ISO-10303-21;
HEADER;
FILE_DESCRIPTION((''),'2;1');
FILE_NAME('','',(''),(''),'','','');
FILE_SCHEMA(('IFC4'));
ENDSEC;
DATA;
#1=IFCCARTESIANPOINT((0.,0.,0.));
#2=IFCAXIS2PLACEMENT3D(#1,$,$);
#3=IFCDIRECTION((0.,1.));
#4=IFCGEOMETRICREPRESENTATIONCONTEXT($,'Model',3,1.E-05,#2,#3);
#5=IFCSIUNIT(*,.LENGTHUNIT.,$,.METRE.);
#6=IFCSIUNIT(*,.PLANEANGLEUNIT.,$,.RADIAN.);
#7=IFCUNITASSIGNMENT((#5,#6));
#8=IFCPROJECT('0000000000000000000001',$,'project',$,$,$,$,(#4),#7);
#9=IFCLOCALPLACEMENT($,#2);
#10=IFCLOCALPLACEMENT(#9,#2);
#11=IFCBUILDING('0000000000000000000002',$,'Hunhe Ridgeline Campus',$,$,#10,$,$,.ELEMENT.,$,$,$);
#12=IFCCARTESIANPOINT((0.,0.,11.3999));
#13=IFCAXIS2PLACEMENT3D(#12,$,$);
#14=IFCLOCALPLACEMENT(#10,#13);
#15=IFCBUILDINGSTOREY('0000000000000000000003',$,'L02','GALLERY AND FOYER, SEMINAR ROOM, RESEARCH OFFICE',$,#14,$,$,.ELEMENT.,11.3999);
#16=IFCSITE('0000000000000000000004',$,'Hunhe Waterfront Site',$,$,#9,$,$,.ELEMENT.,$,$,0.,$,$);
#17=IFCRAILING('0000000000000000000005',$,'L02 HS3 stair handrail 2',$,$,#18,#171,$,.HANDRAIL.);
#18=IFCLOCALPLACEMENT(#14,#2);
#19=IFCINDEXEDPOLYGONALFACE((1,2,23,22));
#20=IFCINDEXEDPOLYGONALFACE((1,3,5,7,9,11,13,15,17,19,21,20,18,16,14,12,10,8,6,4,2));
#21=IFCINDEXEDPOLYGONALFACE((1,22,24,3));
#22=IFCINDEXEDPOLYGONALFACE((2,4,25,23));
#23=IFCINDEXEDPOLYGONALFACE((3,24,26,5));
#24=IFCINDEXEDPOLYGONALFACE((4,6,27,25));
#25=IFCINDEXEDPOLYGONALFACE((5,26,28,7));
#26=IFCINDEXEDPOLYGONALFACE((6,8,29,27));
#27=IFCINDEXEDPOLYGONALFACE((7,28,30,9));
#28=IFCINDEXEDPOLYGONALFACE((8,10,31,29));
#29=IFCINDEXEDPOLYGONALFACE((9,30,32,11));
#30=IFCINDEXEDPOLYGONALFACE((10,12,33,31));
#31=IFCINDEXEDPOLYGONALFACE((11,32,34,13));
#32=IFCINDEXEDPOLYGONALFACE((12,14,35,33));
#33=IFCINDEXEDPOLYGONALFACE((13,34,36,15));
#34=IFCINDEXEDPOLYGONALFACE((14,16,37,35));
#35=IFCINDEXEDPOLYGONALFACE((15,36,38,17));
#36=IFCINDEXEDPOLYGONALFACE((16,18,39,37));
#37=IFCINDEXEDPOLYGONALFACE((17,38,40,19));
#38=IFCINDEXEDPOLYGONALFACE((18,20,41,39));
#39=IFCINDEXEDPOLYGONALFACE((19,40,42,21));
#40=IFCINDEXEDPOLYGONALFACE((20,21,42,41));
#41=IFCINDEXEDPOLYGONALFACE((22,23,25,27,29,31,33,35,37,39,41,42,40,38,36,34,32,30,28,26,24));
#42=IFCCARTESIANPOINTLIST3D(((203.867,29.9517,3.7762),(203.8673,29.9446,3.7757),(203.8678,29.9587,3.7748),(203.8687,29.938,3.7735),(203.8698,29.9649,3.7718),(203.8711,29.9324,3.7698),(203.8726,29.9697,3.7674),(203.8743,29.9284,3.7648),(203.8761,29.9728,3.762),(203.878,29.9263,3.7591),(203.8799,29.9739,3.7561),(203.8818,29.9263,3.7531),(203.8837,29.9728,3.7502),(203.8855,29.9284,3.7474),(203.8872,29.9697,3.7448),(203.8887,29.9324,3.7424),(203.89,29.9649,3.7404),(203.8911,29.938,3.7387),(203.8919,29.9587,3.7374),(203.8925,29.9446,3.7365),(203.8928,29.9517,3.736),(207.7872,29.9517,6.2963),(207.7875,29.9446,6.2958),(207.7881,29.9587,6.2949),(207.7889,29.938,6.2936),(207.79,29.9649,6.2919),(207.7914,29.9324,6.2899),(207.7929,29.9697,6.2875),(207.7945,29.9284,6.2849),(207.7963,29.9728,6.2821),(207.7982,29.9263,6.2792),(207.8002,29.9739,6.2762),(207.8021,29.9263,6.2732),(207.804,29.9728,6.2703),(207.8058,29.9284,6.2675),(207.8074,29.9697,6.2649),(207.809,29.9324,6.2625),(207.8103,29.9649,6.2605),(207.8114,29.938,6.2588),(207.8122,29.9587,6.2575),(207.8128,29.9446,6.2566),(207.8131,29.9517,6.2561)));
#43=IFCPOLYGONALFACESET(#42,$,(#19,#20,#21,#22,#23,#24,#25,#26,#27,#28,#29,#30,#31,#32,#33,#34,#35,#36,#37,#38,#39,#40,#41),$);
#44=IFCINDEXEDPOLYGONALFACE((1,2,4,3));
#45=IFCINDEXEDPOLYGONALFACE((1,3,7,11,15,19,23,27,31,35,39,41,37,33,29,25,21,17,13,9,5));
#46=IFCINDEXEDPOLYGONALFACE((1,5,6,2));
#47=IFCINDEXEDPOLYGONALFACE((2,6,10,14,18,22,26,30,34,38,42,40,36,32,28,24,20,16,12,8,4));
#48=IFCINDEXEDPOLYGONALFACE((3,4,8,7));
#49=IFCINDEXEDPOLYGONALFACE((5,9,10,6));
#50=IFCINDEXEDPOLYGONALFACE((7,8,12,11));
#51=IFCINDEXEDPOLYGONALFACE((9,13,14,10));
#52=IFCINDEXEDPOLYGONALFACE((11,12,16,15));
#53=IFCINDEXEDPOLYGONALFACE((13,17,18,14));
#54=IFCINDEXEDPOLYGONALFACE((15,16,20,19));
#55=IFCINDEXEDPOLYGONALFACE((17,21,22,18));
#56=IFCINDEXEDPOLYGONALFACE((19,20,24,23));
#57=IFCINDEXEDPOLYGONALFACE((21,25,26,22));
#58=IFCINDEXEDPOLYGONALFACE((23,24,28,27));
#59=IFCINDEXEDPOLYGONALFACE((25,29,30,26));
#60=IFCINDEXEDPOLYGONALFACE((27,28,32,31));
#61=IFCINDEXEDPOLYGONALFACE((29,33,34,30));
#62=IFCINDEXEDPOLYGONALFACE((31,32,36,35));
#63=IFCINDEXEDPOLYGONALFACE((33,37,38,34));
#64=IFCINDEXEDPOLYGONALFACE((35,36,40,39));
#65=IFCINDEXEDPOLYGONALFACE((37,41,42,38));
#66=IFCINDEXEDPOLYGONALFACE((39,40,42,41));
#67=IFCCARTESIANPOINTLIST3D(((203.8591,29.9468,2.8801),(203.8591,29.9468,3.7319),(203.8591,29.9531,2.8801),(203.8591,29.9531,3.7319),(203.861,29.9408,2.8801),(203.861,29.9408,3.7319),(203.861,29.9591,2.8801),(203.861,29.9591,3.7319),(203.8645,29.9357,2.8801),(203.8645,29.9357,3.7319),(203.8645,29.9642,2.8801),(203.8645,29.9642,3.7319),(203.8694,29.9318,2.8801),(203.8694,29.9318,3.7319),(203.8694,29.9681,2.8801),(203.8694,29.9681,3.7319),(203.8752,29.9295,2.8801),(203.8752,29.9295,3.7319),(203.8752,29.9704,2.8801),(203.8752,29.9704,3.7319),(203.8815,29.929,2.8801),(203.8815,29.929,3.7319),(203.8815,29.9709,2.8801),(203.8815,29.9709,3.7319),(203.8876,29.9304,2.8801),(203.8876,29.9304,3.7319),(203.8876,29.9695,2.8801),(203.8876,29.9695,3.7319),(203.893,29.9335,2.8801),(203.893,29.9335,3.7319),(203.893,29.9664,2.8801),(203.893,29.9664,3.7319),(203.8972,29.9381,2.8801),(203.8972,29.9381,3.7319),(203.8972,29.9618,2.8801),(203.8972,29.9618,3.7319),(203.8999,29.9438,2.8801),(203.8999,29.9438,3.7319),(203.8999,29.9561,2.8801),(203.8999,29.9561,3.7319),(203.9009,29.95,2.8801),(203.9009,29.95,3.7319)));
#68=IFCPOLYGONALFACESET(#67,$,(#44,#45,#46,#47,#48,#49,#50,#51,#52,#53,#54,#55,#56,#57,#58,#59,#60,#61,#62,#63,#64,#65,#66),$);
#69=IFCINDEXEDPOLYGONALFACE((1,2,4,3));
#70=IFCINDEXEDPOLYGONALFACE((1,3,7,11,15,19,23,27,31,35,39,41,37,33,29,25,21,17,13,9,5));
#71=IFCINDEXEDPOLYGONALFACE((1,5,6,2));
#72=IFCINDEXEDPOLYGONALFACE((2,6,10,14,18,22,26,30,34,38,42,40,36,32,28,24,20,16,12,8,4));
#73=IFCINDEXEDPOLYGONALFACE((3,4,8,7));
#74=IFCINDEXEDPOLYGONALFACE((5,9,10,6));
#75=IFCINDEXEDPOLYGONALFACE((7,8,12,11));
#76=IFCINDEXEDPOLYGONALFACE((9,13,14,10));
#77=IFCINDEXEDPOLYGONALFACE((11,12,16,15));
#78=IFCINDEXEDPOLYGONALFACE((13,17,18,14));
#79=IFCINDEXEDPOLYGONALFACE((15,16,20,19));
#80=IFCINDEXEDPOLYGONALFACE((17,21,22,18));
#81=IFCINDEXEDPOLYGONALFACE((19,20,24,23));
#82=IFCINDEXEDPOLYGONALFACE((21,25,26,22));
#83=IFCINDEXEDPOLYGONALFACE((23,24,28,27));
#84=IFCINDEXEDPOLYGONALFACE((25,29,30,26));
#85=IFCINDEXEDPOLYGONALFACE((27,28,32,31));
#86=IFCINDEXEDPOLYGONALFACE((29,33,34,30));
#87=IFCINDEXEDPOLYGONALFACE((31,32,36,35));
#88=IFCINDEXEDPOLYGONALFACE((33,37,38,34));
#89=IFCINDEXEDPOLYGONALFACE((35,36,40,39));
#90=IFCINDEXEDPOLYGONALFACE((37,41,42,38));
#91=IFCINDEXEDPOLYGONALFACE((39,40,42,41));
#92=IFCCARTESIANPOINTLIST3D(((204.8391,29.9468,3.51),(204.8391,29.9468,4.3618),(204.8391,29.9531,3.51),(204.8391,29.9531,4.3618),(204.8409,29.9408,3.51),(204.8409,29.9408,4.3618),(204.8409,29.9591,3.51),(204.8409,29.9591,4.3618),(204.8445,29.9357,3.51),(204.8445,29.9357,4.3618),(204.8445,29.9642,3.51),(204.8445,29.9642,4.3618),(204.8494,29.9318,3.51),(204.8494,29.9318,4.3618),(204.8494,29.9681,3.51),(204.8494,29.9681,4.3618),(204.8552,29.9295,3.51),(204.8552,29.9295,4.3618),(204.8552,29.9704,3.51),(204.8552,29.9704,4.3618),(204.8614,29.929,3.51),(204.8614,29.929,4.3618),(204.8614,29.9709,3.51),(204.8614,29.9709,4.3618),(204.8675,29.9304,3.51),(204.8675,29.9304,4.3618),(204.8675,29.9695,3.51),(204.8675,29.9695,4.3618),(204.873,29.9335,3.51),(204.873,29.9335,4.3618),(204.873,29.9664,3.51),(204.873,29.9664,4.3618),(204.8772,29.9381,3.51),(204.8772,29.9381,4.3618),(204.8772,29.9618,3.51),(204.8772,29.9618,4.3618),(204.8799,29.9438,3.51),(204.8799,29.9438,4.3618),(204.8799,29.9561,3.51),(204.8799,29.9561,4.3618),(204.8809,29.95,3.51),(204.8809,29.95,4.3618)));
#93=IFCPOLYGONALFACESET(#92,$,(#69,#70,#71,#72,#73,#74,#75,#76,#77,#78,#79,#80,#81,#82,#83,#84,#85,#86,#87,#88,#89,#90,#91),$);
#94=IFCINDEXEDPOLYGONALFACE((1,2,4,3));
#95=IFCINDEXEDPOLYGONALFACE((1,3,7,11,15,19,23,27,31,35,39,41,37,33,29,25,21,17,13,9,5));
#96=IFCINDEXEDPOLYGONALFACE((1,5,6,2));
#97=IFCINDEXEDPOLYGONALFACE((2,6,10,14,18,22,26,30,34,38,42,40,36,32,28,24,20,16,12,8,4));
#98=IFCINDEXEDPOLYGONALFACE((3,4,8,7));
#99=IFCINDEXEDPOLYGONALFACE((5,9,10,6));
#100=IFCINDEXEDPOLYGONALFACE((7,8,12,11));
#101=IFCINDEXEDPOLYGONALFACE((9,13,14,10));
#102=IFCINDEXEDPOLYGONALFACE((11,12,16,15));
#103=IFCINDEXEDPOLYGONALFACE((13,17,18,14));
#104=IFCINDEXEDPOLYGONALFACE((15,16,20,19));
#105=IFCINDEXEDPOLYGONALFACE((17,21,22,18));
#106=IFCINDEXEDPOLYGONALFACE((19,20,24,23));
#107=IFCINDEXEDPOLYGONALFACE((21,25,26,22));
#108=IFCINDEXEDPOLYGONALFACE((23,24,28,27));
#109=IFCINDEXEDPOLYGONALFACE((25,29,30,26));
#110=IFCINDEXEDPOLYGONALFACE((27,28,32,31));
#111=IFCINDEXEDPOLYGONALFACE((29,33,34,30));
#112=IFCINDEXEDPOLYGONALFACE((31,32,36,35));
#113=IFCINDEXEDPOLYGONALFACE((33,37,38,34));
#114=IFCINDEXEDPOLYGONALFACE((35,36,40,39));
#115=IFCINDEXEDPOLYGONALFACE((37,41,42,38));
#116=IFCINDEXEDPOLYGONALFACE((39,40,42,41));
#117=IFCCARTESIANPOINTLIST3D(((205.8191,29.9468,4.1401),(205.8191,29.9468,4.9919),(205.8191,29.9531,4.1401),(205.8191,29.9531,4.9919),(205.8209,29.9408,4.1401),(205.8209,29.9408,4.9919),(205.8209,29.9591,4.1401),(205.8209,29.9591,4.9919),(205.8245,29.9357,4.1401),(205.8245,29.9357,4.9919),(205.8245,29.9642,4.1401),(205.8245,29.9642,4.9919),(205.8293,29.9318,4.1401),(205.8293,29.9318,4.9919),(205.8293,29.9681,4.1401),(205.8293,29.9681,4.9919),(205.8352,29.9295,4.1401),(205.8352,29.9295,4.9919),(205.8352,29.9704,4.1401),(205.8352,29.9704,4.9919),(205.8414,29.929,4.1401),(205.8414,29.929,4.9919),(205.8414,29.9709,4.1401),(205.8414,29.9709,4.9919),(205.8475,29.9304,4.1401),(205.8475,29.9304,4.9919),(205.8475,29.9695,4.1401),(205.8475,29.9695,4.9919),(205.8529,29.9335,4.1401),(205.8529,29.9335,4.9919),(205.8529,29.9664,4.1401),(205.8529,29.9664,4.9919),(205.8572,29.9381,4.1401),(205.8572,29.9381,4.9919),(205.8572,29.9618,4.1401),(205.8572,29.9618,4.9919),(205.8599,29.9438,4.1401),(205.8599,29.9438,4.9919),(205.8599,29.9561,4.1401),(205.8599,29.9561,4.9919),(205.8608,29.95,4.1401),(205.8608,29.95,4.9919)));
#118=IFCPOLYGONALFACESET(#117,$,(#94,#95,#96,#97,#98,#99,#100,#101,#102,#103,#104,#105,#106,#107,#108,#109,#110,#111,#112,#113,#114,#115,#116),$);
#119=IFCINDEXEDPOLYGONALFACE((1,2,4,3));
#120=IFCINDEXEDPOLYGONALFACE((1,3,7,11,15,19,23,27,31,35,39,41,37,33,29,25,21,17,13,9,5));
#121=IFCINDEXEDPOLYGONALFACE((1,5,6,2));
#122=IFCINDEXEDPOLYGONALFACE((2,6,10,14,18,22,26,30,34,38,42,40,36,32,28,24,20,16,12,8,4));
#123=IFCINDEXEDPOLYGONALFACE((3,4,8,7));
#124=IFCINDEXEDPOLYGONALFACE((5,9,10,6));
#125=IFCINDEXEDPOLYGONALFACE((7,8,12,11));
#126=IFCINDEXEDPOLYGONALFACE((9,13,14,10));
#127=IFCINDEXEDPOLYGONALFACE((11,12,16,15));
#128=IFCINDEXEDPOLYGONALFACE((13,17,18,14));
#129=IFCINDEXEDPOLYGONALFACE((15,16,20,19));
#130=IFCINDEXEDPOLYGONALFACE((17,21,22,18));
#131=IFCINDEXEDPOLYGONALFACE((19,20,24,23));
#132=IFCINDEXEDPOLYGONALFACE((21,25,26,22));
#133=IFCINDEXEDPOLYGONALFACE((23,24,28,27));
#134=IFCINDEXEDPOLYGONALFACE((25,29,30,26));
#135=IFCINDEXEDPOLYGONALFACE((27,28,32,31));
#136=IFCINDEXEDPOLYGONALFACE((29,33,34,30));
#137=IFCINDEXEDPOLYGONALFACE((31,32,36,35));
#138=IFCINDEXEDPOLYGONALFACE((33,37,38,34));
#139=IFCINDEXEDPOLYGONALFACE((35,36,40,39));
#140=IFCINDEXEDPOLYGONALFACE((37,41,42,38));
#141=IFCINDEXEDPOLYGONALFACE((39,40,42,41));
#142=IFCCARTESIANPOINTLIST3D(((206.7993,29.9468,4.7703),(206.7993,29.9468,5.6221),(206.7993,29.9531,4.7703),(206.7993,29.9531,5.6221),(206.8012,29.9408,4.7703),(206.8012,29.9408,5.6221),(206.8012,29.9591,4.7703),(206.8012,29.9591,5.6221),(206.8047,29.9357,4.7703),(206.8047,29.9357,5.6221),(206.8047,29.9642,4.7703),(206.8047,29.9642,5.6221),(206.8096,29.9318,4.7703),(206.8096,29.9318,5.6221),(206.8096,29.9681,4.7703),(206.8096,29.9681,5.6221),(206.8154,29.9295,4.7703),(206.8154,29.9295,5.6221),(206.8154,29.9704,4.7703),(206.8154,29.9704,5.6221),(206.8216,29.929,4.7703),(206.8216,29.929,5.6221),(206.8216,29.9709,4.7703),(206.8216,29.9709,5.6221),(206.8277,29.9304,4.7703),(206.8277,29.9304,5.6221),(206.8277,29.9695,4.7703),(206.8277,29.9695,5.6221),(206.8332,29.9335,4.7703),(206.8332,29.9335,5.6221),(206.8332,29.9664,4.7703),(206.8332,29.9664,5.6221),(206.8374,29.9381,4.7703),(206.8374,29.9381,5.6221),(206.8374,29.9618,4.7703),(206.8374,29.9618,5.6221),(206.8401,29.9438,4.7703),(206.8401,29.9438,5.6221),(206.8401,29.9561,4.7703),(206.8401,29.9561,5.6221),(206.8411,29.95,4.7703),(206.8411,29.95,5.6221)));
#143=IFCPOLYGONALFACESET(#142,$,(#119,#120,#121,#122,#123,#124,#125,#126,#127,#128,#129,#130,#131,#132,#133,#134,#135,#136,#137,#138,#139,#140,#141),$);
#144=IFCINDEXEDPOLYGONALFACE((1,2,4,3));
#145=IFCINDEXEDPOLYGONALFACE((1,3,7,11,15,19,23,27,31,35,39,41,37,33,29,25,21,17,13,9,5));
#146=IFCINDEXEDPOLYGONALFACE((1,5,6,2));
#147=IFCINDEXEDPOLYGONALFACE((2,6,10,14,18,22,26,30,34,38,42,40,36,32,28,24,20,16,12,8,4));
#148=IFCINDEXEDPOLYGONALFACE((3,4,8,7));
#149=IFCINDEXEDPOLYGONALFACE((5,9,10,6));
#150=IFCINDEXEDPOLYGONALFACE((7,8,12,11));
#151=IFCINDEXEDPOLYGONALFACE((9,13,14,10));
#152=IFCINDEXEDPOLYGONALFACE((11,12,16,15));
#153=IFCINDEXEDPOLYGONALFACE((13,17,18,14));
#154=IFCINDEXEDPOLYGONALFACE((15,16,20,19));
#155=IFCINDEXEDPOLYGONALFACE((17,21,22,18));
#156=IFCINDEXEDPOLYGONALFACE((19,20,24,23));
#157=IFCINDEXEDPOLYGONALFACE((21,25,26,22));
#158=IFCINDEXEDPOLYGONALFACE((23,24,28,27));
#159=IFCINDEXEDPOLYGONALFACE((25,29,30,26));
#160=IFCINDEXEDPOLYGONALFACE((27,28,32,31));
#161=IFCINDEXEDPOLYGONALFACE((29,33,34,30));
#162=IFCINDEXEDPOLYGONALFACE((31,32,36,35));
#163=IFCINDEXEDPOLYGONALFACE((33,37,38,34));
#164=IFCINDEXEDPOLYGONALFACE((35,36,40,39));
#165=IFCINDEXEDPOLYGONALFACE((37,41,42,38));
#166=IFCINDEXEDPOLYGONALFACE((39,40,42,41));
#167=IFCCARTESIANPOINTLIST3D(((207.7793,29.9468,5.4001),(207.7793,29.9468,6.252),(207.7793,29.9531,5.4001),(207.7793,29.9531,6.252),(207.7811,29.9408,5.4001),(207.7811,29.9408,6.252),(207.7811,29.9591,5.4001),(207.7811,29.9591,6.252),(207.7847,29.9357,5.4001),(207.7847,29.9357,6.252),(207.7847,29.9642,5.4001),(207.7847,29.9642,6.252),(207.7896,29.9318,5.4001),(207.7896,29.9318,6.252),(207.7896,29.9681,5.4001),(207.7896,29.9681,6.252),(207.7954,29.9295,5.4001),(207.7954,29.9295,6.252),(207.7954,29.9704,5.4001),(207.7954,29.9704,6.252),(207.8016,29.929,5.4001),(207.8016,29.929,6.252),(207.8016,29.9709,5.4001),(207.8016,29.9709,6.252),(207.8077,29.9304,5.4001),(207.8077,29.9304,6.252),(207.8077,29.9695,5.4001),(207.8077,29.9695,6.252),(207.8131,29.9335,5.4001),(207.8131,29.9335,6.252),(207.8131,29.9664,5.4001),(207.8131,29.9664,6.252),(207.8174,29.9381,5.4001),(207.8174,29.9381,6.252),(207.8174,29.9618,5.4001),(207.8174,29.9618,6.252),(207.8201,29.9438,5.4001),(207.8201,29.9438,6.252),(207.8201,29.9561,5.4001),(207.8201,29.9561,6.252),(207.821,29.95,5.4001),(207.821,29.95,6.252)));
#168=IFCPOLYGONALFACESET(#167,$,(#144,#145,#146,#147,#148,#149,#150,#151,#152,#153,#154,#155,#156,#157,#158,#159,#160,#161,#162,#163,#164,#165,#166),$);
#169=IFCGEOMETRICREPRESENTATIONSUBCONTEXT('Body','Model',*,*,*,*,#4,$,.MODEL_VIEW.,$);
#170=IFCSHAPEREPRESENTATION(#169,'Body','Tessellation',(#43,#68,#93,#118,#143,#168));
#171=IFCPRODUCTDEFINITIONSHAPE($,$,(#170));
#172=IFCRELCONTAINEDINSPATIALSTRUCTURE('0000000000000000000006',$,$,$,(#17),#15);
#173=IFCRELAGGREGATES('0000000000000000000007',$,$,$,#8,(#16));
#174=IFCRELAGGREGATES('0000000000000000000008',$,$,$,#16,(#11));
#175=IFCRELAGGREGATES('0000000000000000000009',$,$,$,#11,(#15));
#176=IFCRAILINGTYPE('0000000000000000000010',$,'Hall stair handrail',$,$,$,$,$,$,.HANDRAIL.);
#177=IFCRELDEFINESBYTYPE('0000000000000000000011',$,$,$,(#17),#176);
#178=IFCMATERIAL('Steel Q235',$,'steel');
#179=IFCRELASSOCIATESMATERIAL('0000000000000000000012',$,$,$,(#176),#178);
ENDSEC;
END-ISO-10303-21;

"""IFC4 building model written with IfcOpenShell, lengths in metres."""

from ifc_helpers import new_model, si_unit, direction, frame, origin, origin_2d, place, context, subcontext, project, spatial, circle, extrude, material, type_object, element, save


model = new_model("IFC4")

# Units and contexts
model_context = context("Model", 3, precision=1e-05, world=origin(), true_north=direction((0.0, 1.0)))
body_context = subcontext(model_context, "Body", "Model", "MODEL_VIEW")
ifc_project = project(units=[si_unit("LENGTHUNIT", "METRE"), si_unit("PLANEANGLEUNIT", "RADIAN")], contexts=[model_context])

# Site, building, storey
site_placement = place(None, origin())
site = spatial("IfcSite", under=ifc_project, at=site_placement, Name="Hunhe Waterfront Site", CompositionType="ELEMENT", RefElevation=0.0)
building_placement = place(site_placement, origin())
building = spatial("IfcBuilding", under=site, at=building_placement, Name="Hunhe Ridgeline Campus", CompositionType="ELEMENT")
storey_placement = place(building_placement, frame((0.0, 0.0, 11.3999)))
storey = spatial("IfcBuildingStorey", under=building, at=storey_placement, Name="L02", Description="GALLERY AND FOYER, SEMINAR ROOM, RESEARCH OFFICE", CompositionType="ELEMENT", Elevation=11.3999)

# Shared definitions
ifc_material_1 = material(Name="Steel Q235", Category="steel")

# Railing
railing_type_1 = type_object("IfcRailingType", Name="Hall stair handrail", PredefinedType="HANDRAIL", material=ifc_material_1)
railing_1_placement = place(storey_placement, frame((203.8799, 29.95, 2.8801)))
element("IfcRailing", 1, at=railing_1_placement, inside=storey, type_object=railing_type_1, Name="L02 HS3 stair handrail 2", PredefinedType="HANDRAIL", context=body_context, shape_type="SweptSolid", body=[
    extrude(circle(Radius=0.0239, at=origin_2d()), frame((0.0, 0.0, 0.876), z_axis=(0.841187, 0.0, 0.540744), x_axis=(0.0, 1.0, 0.0)), (0.0, 0.0, 1.0), 4.6604),
    extrude(circle(Radius=0.021, at=origin_2d()), origin(), (0.0, 0.0, 1.0), 0.8518),
    extrude(circle(Radius=0.021, at=origin_2d()), frame((0.98, 0.0, 0.6299)), (0.0, 0.0, 1.0), 0.8518),
    extrude(circle(Radius=0.021, at=origin_2d()), frame((1.96, 0.0, 1.26)), (0.0, 0.0, 1.0), 0.8518),
    extrude(circle(Radius=0.021, at=origin_2d()), frame((2.9402, 0.0, 1.8901)), (0.0, 0.0, 1.0), 0.8518),
    extrude(circle(Radius=0.021, at=origin_2d()), frame((3.9202, 0.0, 2.52)), (0.0, 0.0, 1.0), 0.8518),
])

save(model, "model.ifc")
